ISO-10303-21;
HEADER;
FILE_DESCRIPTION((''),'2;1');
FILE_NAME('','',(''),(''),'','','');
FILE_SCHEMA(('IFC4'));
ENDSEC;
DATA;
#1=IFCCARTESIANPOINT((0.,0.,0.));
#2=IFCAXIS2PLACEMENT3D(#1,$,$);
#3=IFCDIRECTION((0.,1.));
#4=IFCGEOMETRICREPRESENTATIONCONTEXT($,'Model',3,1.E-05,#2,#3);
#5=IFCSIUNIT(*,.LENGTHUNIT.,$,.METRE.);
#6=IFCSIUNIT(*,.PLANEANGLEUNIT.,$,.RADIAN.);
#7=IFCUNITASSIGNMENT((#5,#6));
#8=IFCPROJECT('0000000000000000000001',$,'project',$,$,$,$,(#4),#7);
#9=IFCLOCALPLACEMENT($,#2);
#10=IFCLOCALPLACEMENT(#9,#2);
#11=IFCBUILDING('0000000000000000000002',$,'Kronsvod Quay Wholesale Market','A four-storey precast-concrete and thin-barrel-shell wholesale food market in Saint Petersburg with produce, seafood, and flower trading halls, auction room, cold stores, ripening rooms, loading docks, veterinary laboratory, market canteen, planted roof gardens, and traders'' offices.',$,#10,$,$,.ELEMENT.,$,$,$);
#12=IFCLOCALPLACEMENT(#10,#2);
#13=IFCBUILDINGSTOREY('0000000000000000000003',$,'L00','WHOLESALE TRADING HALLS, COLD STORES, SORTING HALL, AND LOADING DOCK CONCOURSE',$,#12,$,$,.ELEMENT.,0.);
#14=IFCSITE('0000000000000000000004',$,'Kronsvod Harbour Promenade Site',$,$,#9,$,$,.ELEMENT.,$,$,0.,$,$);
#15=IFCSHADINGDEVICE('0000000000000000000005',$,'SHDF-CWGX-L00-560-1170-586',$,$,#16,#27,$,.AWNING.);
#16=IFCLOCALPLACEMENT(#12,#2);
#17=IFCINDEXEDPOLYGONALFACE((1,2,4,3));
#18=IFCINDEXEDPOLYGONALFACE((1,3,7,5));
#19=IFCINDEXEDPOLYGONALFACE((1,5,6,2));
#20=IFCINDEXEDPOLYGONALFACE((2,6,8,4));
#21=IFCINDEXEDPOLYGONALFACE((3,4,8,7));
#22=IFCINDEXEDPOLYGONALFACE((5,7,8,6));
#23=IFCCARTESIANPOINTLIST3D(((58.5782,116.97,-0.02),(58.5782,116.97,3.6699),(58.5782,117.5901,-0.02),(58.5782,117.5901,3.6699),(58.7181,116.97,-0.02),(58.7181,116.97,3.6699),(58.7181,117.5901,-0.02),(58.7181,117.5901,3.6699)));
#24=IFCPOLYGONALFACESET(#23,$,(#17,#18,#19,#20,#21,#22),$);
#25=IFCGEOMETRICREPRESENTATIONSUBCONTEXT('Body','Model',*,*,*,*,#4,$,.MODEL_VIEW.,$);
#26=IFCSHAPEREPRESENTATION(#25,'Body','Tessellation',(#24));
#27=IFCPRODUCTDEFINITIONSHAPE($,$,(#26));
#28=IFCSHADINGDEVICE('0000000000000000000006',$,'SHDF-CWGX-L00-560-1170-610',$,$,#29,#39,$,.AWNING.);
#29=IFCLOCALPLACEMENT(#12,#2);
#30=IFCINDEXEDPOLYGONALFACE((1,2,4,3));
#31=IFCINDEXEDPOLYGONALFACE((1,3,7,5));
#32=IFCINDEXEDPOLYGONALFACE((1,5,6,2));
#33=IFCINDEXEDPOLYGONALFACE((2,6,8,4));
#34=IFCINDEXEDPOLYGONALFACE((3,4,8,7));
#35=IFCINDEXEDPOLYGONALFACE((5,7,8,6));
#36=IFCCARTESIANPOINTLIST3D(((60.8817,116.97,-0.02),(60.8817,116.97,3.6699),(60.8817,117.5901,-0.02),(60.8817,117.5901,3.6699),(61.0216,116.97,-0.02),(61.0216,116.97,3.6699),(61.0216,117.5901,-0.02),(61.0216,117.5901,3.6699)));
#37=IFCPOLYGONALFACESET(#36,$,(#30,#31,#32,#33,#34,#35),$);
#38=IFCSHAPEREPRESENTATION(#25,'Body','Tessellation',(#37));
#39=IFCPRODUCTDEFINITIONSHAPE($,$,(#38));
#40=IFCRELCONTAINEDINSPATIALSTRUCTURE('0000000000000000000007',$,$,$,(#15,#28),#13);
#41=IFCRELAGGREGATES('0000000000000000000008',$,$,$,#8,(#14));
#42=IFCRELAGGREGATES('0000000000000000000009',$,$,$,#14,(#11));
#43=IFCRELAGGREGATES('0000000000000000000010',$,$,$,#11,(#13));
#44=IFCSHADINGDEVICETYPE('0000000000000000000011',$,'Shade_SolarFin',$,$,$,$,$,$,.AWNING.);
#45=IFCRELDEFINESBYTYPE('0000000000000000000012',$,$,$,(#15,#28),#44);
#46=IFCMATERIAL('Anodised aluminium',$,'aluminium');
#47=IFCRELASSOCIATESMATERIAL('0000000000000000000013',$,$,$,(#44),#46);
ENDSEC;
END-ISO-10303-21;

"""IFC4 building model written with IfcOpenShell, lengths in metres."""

from ifc_helpers import new_model, si_unit, direction, frame, origin, origin_2d, place, context, subcontext, project, spatial, rectangle, extrude, material, type_object, element, save


model = new_model("IFC4")

# Units and contexts
model_context = context("Model", 3, precision=1e-05, world=origin(), true_north=direction((0.0, 1.0)))
body_context = subcontext(model_context, "Body", "Model", "MODEL_VIEW")
ifc_project = project(units=[si_unit("LENGTHUNIT", "METRE"), si_unit("PLANEANGLEUNIT", "RADIAN")], contexts=[model_context])

# Site, building, storey
site_placement = place(None, origin())
site = spatial("IfcSite", under=ifc_project, at=site_placement, Name="Kronsvod Harbour Promenade Site", CompositionType="ELEMENT", RefElevation=0.0)
building_placement = place(site_placement, origin())
building = spatial("IfcBuilding", under=site, at=building_placement, Name="Kronsvod Quay Wholesale Market", Description="A four-storey precast-concrete and thin-barrel-shell wholesale food market in Saint Petersburg with produce, seafood, and flower trading halls, auction room, cold stores, ripening rooms, loading docks, veterinary laboratory, market canteen, planted roof gardens, and traders' offices.", CompositionType="ELEMENT")
storey_placement = place(building_placement, origin())
storey = spatial("IfcBuildingStorey", under=building, at=storey_placement, Name="L00", Description="WHOLESALE TRADING HALLS, COLD STORES, SORTING HALL, AND LOADING DOCK CONCOURSE", CompositionType="ELEMENT", Elevation=0.0)

# Shading devices
ifc_material_1 = material(Name="Anodised aluminium", Category="aluminium")
shading_device_type = type_object("IfcShadingDeviceType", Name="Shade_SolarFin", PredefinedType="AWNING", material=ifc_material_1)
for number, where, z_axis, x_axis, name in (
    (1, (58.6482, 117.28, -0.02), (0.0, 0.0, 1.0), (1.0, 0.0, 0.0), "SHDF-CWGX-L00-560-1170-586"),
    (2, (60.9517, 117.28, -0.02), (0.0, 0.0, 1.0), (1.0, 0.0, 0.0), "SHDF-CWGX-L00-560-1170-610"),
):
    element("IfcShadingDevice", number, at=place(storey_placement, frame(where, z_axis=z_axis, x_axis=x_axis)), inside=storey, type_object=shading_device_type, Name=name, PredefinedType="AWNING", context=body_context, shape_type="SweptSolid", body=[
        extrude(rectangle(XDim=0.1399, YDim=0.6201, at=origin_2d()), origin(), (0.0, 0.0, 1.0), 3.6899),
    ])

save(model, "model.ifc")
